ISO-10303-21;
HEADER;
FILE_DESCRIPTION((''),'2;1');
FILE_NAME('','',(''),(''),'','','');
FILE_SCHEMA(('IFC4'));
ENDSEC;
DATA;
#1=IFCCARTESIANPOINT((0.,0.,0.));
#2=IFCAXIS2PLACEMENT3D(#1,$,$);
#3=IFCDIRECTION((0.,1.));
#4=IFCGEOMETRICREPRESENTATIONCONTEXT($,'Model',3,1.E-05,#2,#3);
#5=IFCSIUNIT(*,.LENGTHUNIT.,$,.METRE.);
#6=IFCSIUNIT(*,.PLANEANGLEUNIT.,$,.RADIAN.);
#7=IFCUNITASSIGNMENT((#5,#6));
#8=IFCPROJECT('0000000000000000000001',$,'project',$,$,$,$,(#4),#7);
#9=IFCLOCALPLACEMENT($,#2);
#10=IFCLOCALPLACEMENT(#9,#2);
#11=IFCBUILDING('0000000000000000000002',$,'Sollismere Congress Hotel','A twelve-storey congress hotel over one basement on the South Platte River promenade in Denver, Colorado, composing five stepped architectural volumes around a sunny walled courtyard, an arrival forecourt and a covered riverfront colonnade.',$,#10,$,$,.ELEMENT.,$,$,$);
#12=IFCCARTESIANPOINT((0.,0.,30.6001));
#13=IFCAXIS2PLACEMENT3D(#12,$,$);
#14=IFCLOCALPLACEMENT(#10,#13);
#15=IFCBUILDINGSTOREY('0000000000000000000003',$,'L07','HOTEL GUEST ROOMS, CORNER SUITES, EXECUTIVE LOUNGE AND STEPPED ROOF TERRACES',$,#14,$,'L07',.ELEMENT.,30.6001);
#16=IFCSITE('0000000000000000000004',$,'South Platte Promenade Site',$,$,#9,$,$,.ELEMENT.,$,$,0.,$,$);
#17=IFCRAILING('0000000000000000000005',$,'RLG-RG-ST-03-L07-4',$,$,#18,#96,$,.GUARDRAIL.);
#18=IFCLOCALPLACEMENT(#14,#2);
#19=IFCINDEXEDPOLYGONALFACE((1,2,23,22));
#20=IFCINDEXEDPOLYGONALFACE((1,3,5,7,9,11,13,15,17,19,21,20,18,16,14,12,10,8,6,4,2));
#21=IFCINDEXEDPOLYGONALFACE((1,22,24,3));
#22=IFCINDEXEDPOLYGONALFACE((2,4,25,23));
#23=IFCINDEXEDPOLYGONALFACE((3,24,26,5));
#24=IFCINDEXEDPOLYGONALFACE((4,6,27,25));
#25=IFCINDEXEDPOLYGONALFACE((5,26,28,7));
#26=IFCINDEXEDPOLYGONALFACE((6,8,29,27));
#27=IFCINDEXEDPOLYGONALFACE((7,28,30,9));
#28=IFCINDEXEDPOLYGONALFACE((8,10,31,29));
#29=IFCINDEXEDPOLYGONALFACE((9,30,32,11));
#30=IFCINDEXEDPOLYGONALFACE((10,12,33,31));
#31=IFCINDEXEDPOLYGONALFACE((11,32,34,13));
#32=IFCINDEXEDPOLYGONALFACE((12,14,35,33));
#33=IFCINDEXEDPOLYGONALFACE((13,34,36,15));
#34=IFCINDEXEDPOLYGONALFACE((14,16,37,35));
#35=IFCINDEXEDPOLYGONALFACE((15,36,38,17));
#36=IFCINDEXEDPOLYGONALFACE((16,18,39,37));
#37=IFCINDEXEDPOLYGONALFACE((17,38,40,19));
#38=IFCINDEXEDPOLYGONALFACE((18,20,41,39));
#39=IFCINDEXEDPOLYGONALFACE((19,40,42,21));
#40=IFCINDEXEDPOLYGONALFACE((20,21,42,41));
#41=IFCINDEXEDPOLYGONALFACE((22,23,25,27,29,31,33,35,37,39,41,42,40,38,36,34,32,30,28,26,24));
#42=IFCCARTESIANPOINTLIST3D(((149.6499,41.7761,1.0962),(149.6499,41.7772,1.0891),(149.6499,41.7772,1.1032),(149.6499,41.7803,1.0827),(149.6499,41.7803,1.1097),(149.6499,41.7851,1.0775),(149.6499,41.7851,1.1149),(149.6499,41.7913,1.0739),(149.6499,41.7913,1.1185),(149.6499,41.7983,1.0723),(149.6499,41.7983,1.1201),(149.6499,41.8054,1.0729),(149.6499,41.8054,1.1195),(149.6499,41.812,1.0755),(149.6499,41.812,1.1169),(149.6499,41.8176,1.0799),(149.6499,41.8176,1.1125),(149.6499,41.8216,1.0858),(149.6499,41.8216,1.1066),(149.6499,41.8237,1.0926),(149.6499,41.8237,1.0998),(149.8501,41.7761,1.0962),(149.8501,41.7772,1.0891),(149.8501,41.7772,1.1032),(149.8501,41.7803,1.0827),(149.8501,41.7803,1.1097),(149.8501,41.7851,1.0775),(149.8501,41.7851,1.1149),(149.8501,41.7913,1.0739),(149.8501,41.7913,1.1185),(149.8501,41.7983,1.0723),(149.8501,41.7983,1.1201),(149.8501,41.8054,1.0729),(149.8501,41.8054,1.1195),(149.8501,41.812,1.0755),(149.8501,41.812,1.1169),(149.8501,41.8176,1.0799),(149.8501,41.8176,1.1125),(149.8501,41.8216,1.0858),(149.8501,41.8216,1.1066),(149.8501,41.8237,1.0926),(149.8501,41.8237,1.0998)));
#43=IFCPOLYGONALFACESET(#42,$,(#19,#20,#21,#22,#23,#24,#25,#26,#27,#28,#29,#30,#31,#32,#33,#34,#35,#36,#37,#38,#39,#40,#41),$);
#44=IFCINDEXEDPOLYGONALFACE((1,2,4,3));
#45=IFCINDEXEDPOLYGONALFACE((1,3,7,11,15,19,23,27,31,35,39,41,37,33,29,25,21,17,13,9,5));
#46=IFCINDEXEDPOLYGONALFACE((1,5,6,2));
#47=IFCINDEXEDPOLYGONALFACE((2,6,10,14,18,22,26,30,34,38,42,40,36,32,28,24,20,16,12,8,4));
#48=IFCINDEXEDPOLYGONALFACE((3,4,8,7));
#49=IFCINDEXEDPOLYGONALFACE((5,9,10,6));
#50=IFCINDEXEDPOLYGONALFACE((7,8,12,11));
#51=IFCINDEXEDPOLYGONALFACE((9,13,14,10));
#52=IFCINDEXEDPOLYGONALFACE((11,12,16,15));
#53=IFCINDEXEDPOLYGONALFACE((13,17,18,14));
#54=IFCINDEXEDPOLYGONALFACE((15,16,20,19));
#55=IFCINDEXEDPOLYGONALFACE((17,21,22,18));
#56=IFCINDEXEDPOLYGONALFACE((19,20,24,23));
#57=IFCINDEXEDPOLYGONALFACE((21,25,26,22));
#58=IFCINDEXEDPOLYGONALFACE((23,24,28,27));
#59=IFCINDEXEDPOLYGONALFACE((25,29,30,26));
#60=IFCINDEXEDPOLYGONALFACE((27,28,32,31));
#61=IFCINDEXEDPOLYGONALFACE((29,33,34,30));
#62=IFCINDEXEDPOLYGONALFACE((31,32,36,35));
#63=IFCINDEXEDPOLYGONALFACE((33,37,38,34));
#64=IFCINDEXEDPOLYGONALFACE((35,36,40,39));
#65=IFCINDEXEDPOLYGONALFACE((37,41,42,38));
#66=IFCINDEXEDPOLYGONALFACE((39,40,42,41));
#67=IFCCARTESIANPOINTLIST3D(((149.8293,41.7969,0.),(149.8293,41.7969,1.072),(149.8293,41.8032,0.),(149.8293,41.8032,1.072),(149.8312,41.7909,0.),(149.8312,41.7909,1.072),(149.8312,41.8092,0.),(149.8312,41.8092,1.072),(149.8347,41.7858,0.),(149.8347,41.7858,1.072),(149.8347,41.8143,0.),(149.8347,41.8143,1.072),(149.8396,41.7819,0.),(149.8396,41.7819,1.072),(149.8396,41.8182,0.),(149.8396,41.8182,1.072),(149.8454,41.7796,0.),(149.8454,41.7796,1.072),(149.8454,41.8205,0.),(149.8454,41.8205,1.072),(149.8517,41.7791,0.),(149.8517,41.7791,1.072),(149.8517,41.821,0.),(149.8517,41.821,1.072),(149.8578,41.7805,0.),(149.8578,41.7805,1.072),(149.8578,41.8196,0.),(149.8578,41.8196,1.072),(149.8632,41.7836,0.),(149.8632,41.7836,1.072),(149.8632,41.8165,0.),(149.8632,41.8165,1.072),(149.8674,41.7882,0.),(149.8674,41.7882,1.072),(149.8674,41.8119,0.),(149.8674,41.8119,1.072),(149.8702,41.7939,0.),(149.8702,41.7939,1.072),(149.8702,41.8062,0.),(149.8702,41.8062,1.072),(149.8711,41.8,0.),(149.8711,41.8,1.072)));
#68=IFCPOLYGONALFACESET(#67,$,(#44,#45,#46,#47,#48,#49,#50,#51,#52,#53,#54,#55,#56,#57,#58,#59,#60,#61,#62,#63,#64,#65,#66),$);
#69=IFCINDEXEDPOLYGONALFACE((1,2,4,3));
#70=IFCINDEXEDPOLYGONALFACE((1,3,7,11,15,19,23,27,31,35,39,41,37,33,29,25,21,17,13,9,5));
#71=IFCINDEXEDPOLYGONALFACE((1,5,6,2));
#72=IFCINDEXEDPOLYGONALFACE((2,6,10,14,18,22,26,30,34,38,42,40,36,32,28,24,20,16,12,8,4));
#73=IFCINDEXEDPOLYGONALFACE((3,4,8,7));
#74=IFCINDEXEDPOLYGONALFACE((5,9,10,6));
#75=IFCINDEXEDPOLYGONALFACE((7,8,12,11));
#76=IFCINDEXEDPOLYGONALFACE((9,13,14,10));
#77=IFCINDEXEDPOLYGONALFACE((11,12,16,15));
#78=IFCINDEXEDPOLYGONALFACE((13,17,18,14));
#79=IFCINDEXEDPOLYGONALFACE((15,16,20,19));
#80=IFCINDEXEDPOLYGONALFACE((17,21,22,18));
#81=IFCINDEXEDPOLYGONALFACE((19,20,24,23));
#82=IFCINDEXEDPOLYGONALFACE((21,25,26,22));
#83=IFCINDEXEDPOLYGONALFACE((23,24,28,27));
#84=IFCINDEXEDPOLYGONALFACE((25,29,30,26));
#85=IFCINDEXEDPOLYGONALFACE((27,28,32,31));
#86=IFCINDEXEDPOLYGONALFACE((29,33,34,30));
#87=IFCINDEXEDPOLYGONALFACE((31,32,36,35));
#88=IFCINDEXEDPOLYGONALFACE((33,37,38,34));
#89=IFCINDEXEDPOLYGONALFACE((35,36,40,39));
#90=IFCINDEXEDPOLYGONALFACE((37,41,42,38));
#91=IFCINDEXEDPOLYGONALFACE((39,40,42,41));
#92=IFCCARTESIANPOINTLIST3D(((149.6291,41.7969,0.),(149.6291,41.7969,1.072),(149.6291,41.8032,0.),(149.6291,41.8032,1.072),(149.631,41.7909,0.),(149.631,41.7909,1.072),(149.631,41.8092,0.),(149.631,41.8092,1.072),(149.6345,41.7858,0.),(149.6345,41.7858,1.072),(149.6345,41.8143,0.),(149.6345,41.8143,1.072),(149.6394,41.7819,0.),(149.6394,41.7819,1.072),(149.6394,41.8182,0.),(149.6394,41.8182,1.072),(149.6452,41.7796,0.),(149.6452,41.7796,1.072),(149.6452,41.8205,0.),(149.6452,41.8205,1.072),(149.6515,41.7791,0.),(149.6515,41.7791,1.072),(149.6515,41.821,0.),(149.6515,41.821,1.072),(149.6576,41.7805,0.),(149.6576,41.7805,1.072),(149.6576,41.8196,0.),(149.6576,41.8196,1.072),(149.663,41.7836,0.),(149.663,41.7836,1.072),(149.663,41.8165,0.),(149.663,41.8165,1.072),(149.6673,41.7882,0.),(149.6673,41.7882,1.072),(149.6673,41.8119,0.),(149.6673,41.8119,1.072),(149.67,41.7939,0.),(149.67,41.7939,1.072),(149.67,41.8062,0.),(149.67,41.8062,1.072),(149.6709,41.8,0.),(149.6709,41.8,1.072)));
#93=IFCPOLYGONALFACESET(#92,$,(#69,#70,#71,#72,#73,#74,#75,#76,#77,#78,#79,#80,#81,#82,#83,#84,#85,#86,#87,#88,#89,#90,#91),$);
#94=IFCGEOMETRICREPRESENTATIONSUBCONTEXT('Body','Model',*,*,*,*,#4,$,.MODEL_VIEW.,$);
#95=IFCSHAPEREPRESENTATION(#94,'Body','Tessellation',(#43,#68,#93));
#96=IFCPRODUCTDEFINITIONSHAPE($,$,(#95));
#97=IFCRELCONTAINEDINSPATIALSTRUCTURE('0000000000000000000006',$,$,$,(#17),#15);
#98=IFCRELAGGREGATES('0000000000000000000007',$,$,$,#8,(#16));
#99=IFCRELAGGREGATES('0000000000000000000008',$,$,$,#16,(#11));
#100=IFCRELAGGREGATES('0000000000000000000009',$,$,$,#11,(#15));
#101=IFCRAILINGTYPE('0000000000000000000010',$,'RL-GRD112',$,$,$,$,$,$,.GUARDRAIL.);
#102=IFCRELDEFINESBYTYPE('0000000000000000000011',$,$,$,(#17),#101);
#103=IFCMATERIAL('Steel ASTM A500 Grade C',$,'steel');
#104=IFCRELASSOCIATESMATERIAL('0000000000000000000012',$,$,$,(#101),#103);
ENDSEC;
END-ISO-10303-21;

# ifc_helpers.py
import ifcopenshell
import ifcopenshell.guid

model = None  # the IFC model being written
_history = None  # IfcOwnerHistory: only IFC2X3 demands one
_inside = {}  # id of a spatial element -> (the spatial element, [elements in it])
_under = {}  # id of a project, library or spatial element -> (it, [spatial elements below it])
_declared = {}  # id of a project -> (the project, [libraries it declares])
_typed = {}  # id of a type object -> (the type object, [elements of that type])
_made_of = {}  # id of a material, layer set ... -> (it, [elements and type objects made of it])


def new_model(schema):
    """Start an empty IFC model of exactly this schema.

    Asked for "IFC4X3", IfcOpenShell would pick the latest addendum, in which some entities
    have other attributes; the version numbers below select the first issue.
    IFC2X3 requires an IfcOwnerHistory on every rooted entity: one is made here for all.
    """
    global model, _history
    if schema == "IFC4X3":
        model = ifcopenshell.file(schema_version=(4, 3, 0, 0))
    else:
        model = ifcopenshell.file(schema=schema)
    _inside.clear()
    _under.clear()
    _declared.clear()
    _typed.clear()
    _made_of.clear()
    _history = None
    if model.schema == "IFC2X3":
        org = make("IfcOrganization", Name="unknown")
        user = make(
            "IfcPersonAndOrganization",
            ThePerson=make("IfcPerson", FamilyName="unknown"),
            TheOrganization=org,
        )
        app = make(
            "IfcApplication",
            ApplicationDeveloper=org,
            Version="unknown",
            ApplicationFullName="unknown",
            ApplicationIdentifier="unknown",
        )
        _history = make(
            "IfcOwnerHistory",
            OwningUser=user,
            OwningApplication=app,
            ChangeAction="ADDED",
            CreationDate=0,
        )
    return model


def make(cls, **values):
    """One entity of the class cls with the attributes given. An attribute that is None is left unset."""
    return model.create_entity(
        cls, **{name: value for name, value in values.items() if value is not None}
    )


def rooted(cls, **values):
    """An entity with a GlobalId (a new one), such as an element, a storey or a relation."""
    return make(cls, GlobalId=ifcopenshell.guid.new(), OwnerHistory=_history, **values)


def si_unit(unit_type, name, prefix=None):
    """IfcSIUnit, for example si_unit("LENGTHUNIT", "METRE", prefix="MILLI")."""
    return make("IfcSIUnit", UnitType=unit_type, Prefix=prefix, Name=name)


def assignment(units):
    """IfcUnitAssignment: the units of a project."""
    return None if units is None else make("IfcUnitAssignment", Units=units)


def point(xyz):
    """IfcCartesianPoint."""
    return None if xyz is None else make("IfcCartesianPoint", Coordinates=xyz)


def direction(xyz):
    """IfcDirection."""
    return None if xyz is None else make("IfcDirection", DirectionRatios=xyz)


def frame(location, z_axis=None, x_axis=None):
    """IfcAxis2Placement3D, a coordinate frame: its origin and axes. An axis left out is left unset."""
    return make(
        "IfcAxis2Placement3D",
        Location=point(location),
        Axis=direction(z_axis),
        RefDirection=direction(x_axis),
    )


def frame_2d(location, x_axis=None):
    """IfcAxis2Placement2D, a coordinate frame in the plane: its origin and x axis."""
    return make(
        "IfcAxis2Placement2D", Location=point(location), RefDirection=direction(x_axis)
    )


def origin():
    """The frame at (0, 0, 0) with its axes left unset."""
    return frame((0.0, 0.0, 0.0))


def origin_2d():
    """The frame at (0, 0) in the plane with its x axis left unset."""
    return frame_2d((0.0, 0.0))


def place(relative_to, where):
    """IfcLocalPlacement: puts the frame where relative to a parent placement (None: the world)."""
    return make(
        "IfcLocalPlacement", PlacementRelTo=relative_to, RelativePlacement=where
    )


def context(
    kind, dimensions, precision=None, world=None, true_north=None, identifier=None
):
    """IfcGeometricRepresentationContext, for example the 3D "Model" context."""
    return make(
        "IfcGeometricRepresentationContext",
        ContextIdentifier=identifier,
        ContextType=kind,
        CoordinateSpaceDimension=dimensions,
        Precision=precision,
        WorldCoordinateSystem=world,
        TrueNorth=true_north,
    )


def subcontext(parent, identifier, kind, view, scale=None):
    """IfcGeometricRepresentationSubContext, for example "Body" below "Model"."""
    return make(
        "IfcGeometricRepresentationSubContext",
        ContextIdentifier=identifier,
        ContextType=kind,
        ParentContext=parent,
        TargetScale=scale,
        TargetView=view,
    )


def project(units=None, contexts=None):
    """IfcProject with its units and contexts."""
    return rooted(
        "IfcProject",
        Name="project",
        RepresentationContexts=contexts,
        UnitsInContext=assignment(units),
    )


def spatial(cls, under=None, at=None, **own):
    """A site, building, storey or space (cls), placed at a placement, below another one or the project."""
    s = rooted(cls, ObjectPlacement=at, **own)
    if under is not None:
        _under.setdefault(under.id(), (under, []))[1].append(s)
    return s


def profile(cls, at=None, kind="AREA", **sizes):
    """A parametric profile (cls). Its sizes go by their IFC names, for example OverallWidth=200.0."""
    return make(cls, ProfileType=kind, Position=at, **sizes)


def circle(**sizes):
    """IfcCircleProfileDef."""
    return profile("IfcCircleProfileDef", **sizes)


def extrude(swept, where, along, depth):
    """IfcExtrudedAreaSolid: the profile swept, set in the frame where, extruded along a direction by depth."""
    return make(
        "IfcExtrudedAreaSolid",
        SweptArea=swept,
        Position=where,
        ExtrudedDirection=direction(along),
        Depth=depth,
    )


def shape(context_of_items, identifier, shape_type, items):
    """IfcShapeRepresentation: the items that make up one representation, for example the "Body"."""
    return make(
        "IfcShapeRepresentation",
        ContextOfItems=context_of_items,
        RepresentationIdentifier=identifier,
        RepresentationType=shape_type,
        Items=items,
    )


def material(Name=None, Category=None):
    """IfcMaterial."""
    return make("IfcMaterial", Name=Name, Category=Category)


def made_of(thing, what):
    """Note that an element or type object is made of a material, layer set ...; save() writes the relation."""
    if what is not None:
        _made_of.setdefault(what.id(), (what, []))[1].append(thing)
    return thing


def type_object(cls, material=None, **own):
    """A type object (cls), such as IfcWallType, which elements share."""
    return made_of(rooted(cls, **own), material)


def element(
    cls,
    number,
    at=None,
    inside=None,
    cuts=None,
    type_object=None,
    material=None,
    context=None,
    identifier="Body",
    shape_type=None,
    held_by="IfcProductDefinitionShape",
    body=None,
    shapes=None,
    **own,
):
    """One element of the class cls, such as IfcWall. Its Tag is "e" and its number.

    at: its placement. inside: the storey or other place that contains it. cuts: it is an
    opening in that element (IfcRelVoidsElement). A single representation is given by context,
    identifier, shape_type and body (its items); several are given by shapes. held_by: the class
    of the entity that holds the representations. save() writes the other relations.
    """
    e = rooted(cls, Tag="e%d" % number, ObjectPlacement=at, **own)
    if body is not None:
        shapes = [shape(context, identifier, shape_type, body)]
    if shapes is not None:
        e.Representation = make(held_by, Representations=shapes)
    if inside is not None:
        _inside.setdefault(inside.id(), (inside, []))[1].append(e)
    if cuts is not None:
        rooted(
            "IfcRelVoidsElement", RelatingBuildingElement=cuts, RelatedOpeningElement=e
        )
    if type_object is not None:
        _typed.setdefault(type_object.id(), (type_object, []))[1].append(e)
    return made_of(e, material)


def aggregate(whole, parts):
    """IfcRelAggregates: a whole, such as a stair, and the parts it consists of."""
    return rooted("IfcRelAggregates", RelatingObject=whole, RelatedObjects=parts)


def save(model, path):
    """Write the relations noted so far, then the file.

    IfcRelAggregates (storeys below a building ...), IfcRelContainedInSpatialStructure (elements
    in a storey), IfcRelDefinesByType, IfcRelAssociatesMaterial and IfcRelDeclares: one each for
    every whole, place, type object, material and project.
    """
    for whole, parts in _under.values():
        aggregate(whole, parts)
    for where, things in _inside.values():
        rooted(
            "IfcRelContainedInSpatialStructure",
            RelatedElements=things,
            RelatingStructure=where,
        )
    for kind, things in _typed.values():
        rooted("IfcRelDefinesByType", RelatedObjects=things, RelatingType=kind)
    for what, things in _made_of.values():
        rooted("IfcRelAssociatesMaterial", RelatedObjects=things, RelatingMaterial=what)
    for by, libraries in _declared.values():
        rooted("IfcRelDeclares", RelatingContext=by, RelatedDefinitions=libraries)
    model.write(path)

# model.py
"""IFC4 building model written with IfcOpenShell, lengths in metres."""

from ifc_helpers import new_model, si_unit, direction, frame, origin, origin_2d, place, context, subcontext, project, spatial, circle, extrude, material, type_object, element, save


model = new_model("IFC4")

# Units and contexts
model_context = context("Model", 3, precision=1e-05, world=origin(), true_north=direction((0.0, 1.0)))
body_context = subcontext(model_context, "Body", "Model", "MODEL_VIEW")
ifc_project = project(units=[si_unit("LENGTHUNIT", "METRE"), si_unit("PLANEANGLEUNIT", "RADIAN")], contexts=[model_context])

# Site, building, storey
site_placement = place(None, origin())
site = spatial("IfcSite", under=ifc_project, at=site_placement, Name="South Platte Promenade Site", CompositionType="ELEMENT", RefElevation=0.0)
building_placement = place(site_placement, origin())
building = spatial("IfcBuilding", under=site, at=building_placement, Name="Sollismere Congress Hotel", Description="A twelve-storey congress hotel over one basement on the South Platte River promenade in Denver, Colorado, composing five stepped architectural volumes around a sunny walled courtyard, an arrival forecourt and a covered riverfront colonnade.", CompositionType="ELEMENT")
storey_placement = place(building_placement, frame((0.0, 0.0, 30.6001)))
storey = spatial("IfcBuildingStorey", under=building, at=storey_placement, Name="L07", Description="HOTEL GUEST ROOMS, CORNER SUITES, EXECUTIVE LOUNGE AND STEPPED ROOF TERRACES", LongName="L07", CompositionType="ELEMENT", Elevation=30.6001)

# Railing
ifc_material_1 = material(Name="Steel ASTM A500 Grade C", Category="steel")
railing_type_1 = type_object("IfcRailingType", Name="RL-GRD112", PredefinedType="GUARDRAIL", material=ifc_material_1)
railing_1_placement = place(storey_placement, frame((149.8501, 41.8, 0.0)))
element("IfcRailing", 1, at=railing_1_placement, inside=storey, type_object=railing_type_1, Name="RLG-RG-ST-03-L07-4", PredefinedType="GUARDRAIL", context=body_context, shape_type="SweptSolid", body=[
    extrude(circle(Radius=0.0239, at=origin_2d()), frame((0.0, 0.0, 1.0962), z_axis=(-1.0, 0.0, 0.0), x_axis=(0.0, -1.0, 0.0)), (0.0, 0.0, 1.0), 0.2002),
    extrude(circle(Radius=0.021, at=origin_2d()), origin(), (0.0, 0.0, 1.0), 1.072),
    extrude(circle(Radius=0.021, at=origin_2d()), frame((-0.2002, 0.0, 0.0)), (0.0, 0.0, 1.0), 1.072),
])

save(model, "model.ifc")
